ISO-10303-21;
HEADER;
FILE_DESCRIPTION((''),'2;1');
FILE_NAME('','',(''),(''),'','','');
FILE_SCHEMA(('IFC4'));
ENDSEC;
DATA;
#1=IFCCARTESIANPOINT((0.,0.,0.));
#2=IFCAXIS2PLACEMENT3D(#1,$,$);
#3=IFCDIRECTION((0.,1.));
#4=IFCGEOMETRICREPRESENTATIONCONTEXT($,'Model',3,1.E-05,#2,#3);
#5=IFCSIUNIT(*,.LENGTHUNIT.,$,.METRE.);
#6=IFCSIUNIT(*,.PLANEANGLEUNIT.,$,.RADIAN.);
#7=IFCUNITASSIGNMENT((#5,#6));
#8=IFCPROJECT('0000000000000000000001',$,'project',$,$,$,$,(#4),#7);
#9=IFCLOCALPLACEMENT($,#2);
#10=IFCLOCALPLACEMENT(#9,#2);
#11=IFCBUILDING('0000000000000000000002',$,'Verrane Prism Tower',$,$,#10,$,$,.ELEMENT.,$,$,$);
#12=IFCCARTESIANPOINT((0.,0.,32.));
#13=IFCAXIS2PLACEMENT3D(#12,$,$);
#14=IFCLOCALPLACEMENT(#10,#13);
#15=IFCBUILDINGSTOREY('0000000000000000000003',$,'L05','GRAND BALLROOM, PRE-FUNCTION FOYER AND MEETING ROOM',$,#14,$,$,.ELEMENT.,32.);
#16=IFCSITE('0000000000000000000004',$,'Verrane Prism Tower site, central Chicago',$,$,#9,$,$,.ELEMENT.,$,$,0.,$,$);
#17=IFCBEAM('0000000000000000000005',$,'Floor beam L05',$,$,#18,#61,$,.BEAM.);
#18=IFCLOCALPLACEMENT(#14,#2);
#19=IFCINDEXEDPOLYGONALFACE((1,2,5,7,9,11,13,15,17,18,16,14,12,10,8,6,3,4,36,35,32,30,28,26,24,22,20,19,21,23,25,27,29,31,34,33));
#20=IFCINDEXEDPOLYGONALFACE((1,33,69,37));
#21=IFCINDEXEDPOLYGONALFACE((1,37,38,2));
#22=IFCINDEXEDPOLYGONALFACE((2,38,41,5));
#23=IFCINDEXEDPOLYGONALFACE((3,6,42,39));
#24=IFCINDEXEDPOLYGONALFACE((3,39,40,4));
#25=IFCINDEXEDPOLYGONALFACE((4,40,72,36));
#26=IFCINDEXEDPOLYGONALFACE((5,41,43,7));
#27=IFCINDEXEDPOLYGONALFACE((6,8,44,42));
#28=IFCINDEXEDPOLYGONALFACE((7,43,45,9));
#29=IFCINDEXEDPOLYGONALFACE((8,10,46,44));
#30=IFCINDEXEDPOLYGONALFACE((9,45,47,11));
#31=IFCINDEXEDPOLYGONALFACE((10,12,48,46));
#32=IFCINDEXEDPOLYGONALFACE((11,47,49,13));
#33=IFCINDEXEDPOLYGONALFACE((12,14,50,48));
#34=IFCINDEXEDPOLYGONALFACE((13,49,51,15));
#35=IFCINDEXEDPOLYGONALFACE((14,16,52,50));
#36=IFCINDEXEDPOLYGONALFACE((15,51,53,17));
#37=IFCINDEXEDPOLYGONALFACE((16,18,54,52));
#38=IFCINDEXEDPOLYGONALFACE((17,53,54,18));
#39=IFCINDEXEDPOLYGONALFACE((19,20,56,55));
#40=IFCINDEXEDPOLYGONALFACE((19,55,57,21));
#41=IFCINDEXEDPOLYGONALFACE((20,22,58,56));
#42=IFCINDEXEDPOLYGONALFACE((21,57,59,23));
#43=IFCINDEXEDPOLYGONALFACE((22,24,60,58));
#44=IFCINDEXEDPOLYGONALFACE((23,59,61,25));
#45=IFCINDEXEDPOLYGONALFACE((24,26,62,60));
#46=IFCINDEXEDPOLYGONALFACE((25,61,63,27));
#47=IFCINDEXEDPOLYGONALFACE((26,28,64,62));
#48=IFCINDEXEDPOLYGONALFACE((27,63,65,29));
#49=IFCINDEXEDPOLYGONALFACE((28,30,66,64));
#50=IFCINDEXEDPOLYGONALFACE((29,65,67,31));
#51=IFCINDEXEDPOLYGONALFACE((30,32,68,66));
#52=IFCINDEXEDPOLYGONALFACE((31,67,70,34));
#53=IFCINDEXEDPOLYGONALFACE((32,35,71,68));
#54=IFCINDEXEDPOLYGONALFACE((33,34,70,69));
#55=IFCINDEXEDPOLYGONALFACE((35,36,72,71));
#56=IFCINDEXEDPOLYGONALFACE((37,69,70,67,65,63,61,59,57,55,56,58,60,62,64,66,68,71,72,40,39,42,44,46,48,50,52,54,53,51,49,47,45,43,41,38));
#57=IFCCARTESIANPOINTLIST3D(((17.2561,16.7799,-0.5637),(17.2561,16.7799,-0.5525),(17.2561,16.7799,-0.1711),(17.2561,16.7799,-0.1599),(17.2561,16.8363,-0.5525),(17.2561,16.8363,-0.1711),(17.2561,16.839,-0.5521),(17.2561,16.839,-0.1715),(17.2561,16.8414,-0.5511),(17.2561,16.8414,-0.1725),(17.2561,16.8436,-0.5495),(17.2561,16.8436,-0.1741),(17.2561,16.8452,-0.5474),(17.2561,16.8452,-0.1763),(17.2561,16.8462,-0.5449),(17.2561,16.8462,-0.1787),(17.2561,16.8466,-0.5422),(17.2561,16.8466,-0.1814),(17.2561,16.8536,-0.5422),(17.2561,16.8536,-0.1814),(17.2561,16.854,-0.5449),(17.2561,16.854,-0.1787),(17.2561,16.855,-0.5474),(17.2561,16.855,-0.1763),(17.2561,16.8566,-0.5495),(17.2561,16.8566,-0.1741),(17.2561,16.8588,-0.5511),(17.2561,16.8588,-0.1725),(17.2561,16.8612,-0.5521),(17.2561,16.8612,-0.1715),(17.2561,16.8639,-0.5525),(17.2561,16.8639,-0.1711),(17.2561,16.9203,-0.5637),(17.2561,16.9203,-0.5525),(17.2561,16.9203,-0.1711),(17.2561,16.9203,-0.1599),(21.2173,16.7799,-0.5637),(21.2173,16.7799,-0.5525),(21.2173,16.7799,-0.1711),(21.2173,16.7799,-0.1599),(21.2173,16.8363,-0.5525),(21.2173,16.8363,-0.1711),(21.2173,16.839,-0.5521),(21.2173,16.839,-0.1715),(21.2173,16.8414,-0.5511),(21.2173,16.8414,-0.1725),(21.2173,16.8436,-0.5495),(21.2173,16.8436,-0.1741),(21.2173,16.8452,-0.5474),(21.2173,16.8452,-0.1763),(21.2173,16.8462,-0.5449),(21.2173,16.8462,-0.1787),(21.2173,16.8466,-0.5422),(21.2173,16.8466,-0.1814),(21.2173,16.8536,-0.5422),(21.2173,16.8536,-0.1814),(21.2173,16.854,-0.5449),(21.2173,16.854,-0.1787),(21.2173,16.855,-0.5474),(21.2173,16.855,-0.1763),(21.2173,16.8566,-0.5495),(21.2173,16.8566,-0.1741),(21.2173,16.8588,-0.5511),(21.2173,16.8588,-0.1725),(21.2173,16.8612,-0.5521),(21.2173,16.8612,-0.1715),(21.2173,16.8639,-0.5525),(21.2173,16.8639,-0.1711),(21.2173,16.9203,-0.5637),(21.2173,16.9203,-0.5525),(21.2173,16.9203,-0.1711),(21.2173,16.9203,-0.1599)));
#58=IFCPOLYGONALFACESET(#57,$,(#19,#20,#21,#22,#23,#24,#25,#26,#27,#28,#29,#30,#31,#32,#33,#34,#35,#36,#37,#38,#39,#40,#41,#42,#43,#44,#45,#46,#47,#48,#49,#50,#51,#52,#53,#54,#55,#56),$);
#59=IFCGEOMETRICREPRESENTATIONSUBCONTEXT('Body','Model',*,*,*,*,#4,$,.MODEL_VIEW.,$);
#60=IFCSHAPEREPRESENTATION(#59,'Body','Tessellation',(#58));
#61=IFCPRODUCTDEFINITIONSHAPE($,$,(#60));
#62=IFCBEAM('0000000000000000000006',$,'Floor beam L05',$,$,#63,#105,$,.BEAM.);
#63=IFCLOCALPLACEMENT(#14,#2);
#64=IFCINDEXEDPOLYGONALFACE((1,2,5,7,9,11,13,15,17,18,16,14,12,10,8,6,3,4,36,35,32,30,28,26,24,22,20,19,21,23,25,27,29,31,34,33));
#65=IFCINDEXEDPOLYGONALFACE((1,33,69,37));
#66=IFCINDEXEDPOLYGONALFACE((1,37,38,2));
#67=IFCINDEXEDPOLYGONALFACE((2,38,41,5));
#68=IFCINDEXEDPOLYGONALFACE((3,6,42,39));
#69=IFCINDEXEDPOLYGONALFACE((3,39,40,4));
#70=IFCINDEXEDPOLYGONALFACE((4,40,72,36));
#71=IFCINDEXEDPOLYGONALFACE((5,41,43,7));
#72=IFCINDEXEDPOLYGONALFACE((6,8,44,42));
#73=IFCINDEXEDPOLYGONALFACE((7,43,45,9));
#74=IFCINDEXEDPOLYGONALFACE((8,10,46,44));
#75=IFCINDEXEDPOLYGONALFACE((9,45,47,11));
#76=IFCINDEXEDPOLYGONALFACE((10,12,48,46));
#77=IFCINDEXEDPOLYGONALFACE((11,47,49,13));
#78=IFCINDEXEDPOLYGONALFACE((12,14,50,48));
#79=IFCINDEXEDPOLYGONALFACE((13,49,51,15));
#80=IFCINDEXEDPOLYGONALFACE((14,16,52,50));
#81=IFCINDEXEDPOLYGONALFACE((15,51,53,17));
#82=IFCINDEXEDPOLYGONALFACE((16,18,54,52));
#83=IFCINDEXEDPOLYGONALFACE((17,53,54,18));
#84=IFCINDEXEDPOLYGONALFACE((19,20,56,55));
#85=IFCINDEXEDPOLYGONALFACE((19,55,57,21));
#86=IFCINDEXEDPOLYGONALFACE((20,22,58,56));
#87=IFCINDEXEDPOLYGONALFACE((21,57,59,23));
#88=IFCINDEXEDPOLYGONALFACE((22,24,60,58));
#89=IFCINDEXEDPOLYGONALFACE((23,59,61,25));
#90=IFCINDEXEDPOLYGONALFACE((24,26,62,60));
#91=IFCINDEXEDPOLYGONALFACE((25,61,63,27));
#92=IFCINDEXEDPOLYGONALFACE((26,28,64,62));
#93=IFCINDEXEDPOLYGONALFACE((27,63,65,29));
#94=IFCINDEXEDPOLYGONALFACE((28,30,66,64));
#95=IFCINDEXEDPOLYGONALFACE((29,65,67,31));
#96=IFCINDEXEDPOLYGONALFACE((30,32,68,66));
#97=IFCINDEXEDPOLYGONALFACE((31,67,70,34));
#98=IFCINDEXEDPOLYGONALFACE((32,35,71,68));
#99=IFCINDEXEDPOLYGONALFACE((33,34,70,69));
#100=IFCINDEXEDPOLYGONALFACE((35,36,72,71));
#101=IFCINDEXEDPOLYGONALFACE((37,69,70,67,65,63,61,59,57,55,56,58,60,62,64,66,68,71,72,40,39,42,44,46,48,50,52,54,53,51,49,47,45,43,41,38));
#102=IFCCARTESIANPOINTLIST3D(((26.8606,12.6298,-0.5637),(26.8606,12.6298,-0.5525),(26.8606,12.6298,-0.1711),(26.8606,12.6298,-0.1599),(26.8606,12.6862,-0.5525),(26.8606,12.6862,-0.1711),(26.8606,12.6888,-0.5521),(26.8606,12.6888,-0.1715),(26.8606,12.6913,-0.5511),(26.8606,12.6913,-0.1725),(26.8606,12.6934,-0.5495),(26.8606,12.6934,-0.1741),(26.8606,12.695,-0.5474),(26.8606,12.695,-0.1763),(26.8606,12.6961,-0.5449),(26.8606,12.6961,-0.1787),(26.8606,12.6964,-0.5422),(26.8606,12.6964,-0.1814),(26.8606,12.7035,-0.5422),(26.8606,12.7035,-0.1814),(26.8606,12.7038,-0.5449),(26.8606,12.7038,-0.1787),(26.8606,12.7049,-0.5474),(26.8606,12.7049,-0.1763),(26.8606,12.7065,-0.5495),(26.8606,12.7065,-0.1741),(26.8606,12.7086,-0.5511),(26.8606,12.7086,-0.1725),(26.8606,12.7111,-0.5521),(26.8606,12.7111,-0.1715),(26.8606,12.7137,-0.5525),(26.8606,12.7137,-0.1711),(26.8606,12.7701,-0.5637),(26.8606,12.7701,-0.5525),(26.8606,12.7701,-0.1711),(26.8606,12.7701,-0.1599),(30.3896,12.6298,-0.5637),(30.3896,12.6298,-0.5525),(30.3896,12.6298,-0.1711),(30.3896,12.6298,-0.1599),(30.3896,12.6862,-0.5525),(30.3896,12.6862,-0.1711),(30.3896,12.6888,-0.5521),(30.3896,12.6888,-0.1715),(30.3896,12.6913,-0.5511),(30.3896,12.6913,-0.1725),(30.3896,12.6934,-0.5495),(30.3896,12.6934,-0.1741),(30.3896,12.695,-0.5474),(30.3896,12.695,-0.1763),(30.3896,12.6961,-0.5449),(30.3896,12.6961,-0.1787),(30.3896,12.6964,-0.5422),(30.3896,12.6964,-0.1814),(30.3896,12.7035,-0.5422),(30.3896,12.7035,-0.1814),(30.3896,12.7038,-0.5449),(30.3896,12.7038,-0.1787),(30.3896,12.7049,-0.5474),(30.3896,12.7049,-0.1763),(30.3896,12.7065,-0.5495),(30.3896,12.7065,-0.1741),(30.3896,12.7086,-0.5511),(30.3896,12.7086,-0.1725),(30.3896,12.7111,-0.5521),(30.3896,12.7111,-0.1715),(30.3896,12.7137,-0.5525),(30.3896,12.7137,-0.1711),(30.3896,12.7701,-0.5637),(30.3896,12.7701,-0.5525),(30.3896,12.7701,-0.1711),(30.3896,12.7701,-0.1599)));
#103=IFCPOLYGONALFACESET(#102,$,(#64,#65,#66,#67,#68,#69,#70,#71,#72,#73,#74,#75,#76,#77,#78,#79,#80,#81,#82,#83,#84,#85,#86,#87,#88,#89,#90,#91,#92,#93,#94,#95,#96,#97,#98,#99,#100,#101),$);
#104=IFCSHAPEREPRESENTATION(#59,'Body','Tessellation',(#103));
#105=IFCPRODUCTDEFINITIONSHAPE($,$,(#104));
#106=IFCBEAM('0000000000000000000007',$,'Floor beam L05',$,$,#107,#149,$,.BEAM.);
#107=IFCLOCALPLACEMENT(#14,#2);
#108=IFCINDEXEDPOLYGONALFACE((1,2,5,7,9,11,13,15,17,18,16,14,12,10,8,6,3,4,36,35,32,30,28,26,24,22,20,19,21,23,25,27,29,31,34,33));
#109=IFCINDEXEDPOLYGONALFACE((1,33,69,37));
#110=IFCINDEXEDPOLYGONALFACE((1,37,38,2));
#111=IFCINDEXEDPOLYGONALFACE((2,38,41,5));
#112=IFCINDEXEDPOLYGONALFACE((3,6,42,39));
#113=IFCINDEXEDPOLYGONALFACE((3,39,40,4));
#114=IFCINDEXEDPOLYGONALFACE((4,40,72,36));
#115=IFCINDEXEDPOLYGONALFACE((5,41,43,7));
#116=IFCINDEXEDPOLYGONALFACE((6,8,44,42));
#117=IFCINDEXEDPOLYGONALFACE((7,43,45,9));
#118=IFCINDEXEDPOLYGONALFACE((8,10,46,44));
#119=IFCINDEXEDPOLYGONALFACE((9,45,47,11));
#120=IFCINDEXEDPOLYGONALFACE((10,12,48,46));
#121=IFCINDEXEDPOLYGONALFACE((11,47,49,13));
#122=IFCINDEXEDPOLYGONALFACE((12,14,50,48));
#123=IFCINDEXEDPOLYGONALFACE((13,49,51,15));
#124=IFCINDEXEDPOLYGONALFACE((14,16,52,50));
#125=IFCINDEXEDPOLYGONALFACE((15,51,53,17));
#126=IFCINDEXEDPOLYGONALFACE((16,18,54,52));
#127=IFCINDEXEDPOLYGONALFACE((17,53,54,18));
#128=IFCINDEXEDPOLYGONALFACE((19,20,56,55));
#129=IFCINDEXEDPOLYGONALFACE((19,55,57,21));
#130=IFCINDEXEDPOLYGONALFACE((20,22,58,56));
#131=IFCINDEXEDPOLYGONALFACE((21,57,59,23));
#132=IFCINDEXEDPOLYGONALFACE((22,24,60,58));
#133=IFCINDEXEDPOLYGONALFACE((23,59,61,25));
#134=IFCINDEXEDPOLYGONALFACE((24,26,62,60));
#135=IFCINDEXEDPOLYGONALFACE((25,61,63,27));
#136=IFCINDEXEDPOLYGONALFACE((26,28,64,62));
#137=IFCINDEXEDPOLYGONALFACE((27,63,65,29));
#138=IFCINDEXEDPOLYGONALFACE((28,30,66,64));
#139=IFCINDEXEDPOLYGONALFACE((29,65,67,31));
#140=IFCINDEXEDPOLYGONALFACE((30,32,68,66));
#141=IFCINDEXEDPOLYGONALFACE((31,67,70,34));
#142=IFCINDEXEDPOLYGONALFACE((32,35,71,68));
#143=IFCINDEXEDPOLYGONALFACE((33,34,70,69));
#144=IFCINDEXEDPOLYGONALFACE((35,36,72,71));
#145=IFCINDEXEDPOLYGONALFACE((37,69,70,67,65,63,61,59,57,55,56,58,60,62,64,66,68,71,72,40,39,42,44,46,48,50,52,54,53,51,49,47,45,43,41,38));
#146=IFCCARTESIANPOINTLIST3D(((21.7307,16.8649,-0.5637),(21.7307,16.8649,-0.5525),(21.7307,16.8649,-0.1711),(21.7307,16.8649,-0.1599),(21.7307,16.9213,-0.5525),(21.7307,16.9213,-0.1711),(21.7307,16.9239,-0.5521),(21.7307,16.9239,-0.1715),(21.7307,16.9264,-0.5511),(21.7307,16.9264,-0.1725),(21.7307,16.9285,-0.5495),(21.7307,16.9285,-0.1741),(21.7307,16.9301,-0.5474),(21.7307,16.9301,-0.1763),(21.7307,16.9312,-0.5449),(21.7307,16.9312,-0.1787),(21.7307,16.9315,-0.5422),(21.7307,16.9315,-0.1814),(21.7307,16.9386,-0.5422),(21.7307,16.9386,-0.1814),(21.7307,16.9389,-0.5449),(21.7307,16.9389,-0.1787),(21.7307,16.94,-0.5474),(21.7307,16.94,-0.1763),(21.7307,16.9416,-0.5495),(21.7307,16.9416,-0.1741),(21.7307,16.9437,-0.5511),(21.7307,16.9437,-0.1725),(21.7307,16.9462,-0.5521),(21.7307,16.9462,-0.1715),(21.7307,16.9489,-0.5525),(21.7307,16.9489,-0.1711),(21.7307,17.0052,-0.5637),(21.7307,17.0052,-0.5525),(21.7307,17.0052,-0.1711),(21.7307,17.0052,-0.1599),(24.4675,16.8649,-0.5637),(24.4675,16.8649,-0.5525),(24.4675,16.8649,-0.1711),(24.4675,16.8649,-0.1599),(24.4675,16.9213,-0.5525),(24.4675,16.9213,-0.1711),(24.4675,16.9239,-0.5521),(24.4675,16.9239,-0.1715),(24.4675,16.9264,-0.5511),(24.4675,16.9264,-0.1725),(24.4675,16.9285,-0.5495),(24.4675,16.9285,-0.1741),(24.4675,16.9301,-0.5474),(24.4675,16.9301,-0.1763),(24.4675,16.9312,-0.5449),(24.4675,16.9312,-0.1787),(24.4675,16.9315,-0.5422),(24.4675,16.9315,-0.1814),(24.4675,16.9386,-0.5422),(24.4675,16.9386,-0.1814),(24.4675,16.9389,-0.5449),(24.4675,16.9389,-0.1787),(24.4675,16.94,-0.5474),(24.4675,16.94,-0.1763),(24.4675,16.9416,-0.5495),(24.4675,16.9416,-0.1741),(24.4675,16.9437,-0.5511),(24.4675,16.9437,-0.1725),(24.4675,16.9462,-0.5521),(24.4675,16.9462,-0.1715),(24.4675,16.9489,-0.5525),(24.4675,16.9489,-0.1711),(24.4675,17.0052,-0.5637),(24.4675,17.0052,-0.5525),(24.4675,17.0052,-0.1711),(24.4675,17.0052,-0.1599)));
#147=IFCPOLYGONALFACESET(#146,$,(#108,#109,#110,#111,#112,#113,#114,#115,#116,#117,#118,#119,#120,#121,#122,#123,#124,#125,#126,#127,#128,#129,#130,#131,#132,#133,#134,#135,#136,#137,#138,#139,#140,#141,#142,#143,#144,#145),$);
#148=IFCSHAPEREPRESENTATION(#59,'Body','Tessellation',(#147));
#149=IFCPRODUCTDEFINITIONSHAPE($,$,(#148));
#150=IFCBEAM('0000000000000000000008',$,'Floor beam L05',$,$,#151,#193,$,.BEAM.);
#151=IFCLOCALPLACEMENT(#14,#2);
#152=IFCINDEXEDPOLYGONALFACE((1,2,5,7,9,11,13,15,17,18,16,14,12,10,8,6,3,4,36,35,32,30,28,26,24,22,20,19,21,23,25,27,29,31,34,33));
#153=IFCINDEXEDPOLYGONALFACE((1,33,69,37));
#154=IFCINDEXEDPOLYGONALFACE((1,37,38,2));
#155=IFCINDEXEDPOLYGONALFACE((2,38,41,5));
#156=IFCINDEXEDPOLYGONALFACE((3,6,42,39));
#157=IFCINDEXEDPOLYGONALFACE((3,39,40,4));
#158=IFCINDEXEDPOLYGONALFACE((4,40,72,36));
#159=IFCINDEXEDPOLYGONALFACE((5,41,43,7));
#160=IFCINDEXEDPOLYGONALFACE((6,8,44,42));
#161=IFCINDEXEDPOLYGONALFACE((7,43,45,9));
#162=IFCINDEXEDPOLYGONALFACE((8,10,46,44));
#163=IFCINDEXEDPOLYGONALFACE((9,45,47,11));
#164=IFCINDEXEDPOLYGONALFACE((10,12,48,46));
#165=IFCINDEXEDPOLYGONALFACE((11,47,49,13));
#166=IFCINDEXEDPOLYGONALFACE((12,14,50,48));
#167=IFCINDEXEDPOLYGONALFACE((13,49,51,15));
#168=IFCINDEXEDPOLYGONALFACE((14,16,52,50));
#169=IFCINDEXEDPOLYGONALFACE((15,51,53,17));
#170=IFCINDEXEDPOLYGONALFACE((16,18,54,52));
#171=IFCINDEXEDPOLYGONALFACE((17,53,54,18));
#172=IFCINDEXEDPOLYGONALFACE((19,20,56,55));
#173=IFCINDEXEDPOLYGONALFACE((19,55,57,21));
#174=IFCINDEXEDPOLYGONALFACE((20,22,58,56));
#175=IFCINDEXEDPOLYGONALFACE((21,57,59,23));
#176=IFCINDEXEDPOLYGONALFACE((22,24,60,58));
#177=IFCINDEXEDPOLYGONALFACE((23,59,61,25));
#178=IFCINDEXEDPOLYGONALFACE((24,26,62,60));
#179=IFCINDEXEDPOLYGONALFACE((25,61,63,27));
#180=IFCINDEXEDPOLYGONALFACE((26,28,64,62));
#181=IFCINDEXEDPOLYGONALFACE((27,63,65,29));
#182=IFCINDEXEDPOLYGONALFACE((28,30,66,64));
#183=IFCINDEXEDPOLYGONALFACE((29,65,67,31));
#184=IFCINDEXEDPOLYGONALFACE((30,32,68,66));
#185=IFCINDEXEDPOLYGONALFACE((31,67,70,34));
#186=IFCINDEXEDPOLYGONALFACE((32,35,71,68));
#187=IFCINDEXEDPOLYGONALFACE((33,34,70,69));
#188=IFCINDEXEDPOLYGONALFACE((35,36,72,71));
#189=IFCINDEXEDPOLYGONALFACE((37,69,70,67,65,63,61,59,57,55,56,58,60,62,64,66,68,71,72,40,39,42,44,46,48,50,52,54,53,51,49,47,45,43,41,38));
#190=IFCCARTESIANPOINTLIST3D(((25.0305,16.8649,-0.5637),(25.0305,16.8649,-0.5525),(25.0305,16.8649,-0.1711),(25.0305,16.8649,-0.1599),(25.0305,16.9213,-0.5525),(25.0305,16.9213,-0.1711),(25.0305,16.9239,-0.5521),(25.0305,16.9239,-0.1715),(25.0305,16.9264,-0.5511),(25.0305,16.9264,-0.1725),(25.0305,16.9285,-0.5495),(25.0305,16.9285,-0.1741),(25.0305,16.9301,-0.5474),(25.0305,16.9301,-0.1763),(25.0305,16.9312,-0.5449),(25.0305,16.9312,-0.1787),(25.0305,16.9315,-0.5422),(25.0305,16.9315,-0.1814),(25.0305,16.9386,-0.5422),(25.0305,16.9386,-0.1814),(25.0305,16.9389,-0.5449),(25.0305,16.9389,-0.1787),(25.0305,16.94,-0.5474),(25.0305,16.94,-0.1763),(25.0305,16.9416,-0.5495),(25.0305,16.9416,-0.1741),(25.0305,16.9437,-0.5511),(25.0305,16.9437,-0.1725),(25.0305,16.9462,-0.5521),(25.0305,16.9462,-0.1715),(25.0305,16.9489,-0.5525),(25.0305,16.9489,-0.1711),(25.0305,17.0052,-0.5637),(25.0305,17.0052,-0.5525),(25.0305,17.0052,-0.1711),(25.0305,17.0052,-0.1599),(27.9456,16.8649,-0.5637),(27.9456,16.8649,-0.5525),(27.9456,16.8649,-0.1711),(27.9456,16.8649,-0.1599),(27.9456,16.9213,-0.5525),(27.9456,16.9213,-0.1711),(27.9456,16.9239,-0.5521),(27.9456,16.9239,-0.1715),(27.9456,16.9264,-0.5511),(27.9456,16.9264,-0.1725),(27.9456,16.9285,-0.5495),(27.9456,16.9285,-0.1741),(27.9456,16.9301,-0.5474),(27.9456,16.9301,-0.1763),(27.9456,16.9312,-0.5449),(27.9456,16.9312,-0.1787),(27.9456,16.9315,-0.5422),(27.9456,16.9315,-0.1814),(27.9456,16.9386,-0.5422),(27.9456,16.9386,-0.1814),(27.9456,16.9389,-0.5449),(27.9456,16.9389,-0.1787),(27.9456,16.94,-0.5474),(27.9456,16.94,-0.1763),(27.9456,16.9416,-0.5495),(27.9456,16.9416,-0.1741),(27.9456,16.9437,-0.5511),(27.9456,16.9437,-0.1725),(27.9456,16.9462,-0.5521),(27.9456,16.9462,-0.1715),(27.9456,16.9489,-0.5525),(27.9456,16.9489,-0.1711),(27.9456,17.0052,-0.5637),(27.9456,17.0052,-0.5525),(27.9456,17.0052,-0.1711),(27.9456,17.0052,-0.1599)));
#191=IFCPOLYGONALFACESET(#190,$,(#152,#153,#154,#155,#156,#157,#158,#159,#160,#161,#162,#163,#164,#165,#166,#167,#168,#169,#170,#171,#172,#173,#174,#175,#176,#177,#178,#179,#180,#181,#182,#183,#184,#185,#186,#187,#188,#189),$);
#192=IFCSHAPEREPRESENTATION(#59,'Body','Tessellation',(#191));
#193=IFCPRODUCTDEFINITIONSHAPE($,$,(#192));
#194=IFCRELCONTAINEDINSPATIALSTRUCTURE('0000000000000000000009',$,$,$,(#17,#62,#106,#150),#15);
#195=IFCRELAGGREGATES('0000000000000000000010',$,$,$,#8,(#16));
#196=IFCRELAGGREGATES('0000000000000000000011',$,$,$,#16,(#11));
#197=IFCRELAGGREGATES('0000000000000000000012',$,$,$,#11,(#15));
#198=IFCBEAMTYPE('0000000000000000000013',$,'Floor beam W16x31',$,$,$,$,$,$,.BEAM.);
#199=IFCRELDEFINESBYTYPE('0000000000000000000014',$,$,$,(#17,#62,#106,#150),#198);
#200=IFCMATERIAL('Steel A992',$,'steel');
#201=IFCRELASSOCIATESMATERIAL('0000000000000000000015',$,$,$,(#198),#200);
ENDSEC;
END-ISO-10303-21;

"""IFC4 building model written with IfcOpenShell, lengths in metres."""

from ifc_helpers import new_model, si_unit, direction, frame, origin, origin_2d, place, context, subcontext, project, spatial, i_section, extrude, material, material_profile, profile_set, type_object, element, save


model = new_model("IFC4")

# Units and contexts
model_context = context("Model", 3, precision=1e-05, world=origin(), true_north=direction((0.0, 1.0)))
body_context = subcontext(model_context, "Body", "Model", "MODEL_VIEW")
ifc_project = project(units=[si_unit("LENGTHUNIT", "METRE"), si_unit("PLANEANGLEUNIT", "RADIAN")], contexts=[model_context])

# Site, building, storey
site_placement = place(None, origin())
site = spatial("IfcSite", under=ifc_project, at=site_placement, Name="Verrane Prism Tower site, central Chicago", CompositionType="ELEMENT", RefElevation=0.0)
building_placement = place(site_placement, origin())
building = spatial("IfcBuilding", under=site, at=building_placement, Name="Verrane Prism Tower", CompositionType="ELEMENT")
storey_placement = place(building_placement, frame((0.0, 0.0, 32.0)))
storey = spatial("IfcBuildingStorey", under=building, at=storey_placement, Name="L05", Description="GRAND BALLROOM, PRE-FUNCTION FOYER AND MEETING ROOM", CompositionType="ELEMENT", Elevation=32.0)

# Beams
ifc_material_1 = material(Name="Steel A992", Category="steel")
ifc_material_profile_1 = material_profile(ifc_material_1, i_section(OverallWidth=0.1404, OverallDepth=0.4038, WebThickness=0.0071, FlangeThickness=0.0112, FilletRadius=0.0103, at=origin_2d()), Name="W16x31")
ifc_profile_set_1 = profile_set([ifc_material_profile_1], Name="Steel A992")
beam_type_1 = type_object("IfcBeamType", Name="Floor beam W16x31", PredefinedType="BEAM", material=ifc_profile_set_1)
beam_1_placement = place(storey_placement, frame((17.2561, 16.8501, -0.3618), z_axis=(1.0, 0.0, 0.0), x_axis=(0.0, 1.0, 0.0)))
element("IfcBeam", 1, at=beam_1_placement, inside=storey, type_object=beam_type_1, Name="Floor beam L05", PredefinedType="BEAM", context=body_context, shape_type="SweptSolid", body=[
    extrude(i_section(OverallWidth=0.1404, OverallDepth=0.4038, WebThickness=0.0071, FlangeThickness=0.0112, FilletRadius=0.0103, at=origin_2d()), origin(), (0.0, 0.0, 1.0), 3.9612),
])
beam_2_placement = place(storey_placement, frame((26.8606, 12.7, -0.3618), z_axis=(1.0, 0.0, 0.0), x_axis=(0.0, 1.0, 0.0)))
element("IfcBeam", 2, at=beam_2_placement, inside=storey, type_object=beam_type_1, Name="Floor beam L05", PredefinedType="BEAM", context=body_context, shape_type="SweptSolid", body=[
    extrude(i_section(OverallWidth=0.1404, OverallDepth=0.4038, WebThickness=0.0071, FlangeThickness=0.0112, FilletRadius=0.0103, at=origin_2d()), origin(), (0.0, 0.0, 1.0), 3.5291),
])
beam_3_placement = place(storey_placement, frame((21.7307, 16.9351, -0.3618), z_axis=(1.0, 0.0, 0.0), x_axis=(0.0, 1.0, 0.0)))
element("IfcBeam", 3, at=beam_3_placement, inside=storey, type_object=beam_type_1, Name="Floor beam L05", PredefinedType="BEAM", context=body_context, shape_type="SweptSolid", body=[
    extrude(i_section(OverallWidth=0.1404, OverallDepth=0.4038, WebThickness=0.0071, FlangeThickness=0.0112, FilletRadius=0.0103, at=origin_2d()), origin(), (0.0, 0.0, 1.0), 2.7368),
])
beam_4_placement = place(storey_placement, frame((25.0305, 16.9351, -0.3618), z_axis=(1.0, 0.0, 0.0), x_axis=(0.0, 1.0, 0.0)))
element("IfcBeam", 4, at=beam_4_placement, inside=storey, type_object=beam_type_1, Name="Floor beam L05", PredefinedType="BEAM", context=body_context, shape_type="SweptSolid", body=[
    extrude(i_section(OverallWidth=0.1404, OverallDepth=0.4038, WebThickness=0.0071, FlangeThickness=0.0112, FilletRadius=0.0103, at=origin_2d()), origin(), (0.0, 0.0, 1.0), 2.915),
])

save(model, "model.ifc")
